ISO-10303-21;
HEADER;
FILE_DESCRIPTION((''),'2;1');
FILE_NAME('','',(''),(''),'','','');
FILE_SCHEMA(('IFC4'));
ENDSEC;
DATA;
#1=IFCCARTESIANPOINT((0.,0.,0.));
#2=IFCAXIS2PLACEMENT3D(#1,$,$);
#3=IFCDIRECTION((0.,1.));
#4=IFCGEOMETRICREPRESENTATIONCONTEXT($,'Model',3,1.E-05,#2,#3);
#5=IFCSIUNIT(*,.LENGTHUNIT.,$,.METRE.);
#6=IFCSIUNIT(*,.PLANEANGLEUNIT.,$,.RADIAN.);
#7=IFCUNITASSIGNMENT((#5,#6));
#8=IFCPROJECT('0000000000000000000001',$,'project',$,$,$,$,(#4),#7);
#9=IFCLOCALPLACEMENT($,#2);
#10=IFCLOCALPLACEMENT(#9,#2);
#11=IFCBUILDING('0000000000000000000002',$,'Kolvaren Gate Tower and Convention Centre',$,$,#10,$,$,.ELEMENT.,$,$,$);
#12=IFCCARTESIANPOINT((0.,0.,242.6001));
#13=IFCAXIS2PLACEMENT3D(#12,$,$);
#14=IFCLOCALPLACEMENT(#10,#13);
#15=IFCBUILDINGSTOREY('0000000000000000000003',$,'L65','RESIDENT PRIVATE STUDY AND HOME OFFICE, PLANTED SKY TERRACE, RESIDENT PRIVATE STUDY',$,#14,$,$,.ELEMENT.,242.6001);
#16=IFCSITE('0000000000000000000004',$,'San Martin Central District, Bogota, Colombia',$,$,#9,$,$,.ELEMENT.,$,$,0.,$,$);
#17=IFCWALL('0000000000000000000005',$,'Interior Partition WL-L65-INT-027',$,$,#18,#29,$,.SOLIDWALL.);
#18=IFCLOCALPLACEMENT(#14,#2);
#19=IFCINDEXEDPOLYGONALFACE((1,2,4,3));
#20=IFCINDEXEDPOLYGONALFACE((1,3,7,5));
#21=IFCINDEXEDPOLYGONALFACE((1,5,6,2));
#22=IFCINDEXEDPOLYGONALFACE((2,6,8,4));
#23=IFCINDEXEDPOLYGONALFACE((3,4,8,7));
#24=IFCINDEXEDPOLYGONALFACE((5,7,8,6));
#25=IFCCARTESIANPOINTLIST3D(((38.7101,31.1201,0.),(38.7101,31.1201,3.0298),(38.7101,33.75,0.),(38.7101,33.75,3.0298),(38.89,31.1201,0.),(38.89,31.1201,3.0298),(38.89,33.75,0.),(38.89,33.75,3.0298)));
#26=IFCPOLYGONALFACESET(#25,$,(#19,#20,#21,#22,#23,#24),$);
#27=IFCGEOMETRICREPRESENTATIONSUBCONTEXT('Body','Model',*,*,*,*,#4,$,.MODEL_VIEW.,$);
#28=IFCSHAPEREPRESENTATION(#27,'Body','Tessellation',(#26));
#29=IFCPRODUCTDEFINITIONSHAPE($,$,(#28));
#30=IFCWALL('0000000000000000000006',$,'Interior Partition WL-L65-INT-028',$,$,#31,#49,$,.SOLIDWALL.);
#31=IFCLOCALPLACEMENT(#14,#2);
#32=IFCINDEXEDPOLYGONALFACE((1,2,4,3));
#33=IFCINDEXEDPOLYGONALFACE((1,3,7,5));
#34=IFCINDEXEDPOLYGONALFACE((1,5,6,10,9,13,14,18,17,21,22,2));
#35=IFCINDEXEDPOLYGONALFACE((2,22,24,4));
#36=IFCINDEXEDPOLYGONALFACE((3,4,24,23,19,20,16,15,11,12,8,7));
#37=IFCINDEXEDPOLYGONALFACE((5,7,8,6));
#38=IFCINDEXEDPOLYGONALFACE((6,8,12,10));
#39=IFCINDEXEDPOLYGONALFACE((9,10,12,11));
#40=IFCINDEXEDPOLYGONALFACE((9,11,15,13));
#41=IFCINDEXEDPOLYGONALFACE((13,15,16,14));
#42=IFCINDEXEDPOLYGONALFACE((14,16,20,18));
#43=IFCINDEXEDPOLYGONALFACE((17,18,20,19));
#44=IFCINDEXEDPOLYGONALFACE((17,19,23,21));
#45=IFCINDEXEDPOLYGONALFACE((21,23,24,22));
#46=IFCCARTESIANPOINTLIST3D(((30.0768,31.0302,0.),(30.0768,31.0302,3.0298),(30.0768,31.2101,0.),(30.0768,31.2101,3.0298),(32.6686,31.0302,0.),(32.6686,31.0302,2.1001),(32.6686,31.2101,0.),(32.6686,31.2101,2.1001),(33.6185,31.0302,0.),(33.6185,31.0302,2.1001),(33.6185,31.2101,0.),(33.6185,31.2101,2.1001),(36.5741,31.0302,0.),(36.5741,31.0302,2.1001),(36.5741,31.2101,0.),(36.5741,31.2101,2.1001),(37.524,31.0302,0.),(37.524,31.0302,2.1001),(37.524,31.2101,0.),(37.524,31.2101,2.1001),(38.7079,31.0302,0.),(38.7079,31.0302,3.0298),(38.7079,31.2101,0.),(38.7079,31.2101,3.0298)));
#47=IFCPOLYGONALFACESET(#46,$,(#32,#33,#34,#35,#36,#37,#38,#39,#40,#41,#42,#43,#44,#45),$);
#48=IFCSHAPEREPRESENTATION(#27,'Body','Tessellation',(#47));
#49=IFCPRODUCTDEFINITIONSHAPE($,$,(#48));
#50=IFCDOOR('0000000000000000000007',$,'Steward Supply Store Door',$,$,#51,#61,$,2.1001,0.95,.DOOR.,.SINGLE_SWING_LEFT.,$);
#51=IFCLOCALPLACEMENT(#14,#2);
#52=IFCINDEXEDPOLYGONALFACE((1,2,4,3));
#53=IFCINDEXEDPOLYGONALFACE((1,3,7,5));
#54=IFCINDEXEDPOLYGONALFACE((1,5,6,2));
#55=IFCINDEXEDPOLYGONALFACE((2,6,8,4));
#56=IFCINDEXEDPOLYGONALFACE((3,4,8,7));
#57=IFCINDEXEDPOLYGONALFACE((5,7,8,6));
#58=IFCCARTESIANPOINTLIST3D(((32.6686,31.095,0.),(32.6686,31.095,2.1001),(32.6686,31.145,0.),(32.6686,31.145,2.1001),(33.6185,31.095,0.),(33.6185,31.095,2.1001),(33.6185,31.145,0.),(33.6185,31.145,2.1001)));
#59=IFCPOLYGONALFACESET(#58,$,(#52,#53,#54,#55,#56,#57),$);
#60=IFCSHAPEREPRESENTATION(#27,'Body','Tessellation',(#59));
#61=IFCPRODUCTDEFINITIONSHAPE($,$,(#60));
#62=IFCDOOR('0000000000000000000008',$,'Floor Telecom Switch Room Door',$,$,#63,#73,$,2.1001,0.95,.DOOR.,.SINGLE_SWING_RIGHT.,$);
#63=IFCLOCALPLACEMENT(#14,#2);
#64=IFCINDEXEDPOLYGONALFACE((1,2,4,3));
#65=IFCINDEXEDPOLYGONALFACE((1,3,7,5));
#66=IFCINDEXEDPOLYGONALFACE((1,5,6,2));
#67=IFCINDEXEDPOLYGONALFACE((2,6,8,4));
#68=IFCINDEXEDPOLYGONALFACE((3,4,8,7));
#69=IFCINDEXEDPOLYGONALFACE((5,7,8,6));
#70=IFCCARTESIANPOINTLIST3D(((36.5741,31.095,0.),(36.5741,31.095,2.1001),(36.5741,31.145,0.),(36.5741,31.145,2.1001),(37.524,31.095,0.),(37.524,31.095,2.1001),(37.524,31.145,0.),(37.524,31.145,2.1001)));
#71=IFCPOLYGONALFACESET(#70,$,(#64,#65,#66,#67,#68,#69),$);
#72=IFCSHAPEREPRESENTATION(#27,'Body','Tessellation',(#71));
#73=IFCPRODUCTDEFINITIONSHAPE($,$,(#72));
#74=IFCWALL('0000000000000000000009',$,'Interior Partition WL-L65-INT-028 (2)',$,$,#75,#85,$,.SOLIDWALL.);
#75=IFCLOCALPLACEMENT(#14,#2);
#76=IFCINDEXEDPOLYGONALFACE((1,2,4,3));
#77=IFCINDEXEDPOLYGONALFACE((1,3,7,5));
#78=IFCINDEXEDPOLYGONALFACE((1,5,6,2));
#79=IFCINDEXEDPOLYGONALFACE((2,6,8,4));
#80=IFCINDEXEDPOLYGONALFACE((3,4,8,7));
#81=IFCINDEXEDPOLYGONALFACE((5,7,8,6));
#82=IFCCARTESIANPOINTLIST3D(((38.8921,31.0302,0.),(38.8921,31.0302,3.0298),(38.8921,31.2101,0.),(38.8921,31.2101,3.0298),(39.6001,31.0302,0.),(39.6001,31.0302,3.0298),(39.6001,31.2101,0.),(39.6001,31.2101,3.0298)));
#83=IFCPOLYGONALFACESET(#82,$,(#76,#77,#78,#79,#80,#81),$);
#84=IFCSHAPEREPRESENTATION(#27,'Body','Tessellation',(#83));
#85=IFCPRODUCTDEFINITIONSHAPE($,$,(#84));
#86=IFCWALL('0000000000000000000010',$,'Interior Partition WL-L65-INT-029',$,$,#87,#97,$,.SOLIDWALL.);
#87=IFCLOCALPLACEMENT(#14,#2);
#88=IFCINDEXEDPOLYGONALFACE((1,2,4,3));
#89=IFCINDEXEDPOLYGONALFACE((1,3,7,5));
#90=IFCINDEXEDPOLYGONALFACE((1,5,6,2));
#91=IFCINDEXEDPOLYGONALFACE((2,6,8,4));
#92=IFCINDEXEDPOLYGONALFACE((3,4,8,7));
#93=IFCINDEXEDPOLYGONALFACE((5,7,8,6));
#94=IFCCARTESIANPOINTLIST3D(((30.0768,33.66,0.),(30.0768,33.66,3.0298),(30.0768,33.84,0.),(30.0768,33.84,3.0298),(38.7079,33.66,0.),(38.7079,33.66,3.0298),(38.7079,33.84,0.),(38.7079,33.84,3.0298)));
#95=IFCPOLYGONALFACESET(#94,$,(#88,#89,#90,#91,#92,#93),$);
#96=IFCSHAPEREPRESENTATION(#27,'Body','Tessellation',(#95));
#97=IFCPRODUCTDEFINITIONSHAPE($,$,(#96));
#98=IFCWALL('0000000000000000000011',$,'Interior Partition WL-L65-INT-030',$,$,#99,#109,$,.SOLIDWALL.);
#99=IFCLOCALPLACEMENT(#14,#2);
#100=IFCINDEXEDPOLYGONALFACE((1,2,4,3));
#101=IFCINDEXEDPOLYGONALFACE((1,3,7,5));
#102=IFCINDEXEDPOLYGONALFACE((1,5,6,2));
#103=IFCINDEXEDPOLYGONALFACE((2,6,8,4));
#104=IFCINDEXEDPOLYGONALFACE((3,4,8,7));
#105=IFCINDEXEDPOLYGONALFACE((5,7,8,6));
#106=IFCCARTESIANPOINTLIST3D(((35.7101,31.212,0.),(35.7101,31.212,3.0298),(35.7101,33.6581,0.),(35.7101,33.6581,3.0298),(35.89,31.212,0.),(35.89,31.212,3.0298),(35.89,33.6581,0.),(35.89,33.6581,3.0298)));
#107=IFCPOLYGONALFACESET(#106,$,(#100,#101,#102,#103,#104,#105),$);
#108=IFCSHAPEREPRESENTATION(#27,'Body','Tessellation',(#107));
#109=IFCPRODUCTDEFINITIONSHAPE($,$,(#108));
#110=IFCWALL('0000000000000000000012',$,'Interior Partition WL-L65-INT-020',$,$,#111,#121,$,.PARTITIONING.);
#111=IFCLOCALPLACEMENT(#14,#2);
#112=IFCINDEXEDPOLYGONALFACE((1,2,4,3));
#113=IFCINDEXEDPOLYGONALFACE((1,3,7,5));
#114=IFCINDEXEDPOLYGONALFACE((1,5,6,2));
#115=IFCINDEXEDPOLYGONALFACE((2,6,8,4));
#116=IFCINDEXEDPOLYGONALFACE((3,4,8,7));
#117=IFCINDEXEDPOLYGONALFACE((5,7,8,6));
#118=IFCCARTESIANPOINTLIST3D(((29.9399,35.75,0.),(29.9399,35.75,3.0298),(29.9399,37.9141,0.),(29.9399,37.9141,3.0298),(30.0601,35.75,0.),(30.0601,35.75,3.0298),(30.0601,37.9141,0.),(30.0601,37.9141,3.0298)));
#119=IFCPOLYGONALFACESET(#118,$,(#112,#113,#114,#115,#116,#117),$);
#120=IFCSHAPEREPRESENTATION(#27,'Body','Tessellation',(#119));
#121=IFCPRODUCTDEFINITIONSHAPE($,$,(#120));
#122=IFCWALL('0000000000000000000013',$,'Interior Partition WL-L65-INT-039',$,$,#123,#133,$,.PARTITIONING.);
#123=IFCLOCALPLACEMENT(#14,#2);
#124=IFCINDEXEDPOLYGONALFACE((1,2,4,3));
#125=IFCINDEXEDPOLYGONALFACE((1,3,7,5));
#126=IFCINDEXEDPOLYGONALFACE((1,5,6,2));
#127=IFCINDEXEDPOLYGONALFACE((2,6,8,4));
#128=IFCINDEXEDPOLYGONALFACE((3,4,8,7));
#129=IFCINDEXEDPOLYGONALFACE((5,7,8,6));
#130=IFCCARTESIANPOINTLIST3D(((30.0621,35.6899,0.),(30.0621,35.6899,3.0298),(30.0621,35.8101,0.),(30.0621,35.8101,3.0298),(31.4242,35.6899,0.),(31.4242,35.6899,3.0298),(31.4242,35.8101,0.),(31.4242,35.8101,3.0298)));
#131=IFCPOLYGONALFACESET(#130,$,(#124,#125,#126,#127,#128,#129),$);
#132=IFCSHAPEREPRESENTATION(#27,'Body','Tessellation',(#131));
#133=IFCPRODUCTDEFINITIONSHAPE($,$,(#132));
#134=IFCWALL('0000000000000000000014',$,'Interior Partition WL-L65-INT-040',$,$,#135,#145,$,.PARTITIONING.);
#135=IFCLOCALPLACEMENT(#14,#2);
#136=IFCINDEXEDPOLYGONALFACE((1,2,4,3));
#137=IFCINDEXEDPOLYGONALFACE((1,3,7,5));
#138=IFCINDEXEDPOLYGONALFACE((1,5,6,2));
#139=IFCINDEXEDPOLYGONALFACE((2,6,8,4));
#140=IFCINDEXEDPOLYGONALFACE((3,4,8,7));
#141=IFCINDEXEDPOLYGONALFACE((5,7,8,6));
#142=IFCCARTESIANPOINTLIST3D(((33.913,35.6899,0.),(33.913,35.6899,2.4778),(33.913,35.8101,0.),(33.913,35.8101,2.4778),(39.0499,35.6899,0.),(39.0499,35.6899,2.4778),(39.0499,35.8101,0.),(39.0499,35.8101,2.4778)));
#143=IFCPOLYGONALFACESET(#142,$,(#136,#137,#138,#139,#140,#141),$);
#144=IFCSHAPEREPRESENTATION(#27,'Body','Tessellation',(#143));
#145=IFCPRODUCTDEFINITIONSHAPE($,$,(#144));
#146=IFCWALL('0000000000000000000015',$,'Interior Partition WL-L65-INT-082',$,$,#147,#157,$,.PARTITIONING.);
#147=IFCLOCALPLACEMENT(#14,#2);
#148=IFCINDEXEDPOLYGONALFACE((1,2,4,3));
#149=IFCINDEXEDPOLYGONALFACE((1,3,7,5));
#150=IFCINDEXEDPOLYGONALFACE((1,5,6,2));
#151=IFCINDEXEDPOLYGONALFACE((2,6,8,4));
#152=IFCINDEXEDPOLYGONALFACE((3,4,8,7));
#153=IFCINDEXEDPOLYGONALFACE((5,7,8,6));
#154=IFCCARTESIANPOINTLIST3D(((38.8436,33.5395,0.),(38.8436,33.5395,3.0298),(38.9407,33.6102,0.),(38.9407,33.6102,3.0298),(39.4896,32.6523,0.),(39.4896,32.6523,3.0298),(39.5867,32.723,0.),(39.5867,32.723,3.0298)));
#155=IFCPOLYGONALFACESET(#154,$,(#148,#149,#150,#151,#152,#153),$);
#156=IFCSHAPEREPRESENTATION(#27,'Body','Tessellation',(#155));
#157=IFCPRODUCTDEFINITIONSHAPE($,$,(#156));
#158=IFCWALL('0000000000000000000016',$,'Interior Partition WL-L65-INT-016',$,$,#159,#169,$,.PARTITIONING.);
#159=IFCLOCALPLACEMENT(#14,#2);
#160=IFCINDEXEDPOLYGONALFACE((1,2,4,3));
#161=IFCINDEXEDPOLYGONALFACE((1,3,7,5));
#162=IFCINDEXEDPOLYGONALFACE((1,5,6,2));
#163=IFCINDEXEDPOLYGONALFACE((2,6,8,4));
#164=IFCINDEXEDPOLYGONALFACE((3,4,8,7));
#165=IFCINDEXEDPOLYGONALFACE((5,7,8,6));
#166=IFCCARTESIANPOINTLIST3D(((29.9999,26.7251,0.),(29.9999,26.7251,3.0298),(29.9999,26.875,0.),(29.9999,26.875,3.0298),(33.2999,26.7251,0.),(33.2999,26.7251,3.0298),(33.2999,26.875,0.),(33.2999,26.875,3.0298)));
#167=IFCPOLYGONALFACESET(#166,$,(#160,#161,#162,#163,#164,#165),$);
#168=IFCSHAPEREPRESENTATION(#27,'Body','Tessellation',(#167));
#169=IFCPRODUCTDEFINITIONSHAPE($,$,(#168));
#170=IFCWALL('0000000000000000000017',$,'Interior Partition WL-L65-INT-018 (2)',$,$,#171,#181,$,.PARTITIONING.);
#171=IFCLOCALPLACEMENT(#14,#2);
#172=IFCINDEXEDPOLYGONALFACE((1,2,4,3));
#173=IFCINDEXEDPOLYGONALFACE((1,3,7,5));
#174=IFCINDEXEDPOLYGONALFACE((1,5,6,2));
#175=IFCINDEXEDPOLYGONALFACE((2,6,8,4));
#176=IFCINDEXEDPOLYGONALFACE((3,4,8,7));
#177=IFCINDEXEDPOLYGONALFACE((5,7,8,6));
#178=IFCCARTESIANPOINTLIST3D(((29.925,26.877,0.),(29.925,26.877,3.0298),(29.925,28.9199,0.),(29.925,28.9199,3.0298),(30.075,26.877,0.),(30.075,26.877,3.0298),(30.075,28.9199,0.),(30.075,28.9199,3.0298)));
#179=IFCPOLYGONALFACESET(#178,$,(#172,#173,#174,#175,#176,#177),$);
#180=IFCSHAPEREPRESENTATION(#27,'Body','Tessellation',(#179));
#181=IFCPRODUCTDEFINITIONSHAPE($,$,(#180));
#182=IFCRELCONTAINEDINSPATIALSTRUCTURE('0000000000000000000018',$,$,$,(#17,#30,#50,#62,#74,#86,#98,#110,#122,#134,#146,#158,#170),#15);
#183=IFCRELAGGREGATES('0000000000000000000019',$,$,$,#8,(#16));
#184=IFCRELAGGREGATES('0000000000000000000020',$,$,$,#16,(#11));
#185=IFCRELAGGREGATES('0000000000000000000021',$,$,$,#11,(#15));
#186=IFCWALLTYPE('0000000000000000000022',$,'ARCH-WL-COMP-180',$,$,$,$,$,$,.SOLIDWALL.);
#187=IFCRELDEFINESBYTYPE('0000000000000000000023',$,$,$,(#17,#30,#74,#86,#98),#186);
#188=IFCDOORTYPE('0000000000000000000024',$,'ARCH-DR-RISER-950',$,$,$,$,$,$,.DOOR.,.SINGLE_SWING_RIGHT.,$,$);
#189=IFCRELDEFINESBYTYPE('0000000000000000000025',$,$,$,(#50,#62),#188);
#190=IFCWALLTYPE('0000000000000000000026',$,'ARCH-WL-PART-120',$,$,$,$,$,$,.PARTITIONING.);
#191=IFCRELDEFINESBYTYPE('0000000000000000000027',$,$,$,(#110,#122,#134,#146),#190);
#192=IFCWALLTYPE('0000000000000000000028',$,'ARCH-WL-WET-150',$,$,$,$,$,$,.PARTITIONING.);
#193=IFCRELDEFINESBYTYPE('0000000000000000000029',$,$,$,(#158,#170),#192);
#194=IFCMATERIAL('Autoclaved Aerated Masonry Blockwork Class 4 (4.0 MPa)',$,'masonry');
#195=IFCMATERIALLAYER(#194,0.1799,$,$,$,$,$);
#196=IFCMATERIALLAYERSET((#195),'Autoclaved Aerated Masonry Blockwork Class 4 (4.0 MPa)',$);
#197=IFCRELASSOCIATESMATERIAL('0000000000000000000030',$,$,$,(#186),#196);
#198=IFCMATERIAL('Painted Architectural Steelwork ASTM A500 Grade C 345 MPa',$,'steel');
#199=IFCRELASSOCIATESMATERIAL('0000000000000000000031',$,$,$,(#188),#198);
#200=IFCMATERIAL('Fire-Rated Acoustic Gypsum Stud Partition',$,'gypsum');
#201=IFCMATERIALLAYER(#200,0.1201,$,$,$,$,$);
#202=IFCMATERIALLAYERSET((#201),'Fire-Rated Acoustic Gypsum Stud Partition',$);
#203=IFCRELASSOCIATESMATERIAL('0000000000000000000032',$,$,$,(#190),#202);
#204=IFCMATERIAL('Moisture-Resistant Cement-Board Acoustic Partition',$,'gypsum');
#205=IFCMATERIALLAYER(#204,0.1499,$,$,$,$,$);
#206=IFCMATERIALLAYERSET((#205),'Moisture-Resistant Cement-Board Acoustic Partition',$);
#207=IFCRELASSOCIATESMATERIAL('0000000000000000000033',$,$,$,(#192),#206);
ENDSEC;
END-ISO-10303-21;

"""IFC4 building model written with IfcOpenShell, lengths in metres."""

from ifc_helpers import new_model, si_unit, direction, frame, frame_2d, origin, place, context, subcontext, project, spatial, rectangle, extrude, material, layer, layer_set, type_object, element, fill, save


model = new_model("IFC4")

# Units and contexts
model_context = context("Model", 3, precision=1e-05, world=origin(), true_north=direction((0.0, 1.0)))
body_context = subcontext(model_context, "Body", "Model", "MODEL_VIEW")
ifc_project = project(units=[si_unit("LENGTHUNIT", "METRE"), si_unit("PLANEANGLEUNIT", "RADIAN")], contexts=[model_context])

# Site, building, storey
site_placement = place(None, origin())
site = spatial("IfcSite", under=ifc_project, at=site_placement, Name="San Martin Central District, Bogota, Colombia", CompositionType="ELEMENT", RefElevation=0.0)
building_placement = place(site_placement, origin())
building = spatial("IfcBuilding", under=site, at=building_placement, Name="Kolvaren Gate Tower and Convention Centre", CompositionType="ELEMENT")
storey_placement = place(building_placement, frame((0.0, 0.0, 242.6001)))
storey = spatial("IfcBuildingStorey", under=building, at=storey_placement, Name="L65", Description="RESIDENT PRIVATE STUDY AND HOME OFFICE, PLANTED SKY TERRACE, RESIDENT PRIVATE STUDY", CompositionType="ELEMENT", Elevation=242.6001)

# Wall
ifc_material_1 = material(Name="Autoclaved Aerated Masonry Blockwork Class 4 (4.0 MPa)", Category="masonry")
ifc_layer_1 = layer(ifc_material_1, 0.1799)
ifc_layer_set_1 = layer_set([ifc_layer_1], Name="Autoclaved Aerated Masonry Blockwork Class 4 (4.0 MPa)")
wall_type_1 = type_object("IfcWallType", Name="ARCH-WL-COMP-180", PredefinedType="SOLIDWALL", material=ifc_layer_set_1)
wall_1_placement = place(storey_placement, frame((38.8, 31.1201, 0.0), z_axis=(0.0, 0.0, 1.0), x_axis=(0.0, 1.0, 0.0)))
element("IfcWall", 1, at=wall_1_placement, inside=storey, type_object=wall_type_1, Name="Interior Partition WL-L65-INT-027", PredefinedType="SOLIDWALL", context=body_context, shape_type="SweptSolid", body=[
    extrude(rectangle(XDim=2.6299, YDim=0.1799, at=frame_2d((1.3149, 0.0))), origin(), (0.0, 0.0, 1.0), 3.0298),
])

# Wall, openings, doors
wall_2_placement = place(storey_placement, frame((30.0769, 31.1201, 0.0), z_axis=(0.0, 0.0, 1.0), x_axis=(1.0, 0.0, 0.0)))
wall_2 = element("IfcWall", 2, at=wall_2_placement, inside=storey, type_object=wall_type_1, Name="Interior Partition WL-L65-INT-028", PredefinedType="SOLIDWALL", context=body_context, shape_type="SweptSolid", body=[
    extrude(rectangle(XDim=8.6311, YDim=0.1799, at=frame_2d((4.3154, 0.0))), origin(), (0.0, 0.0, 1.0), 3.0298),
])
opening_1_placement = place(wall_2_placement, frame((2.5916, 0.0, 0.0)))
opening_1 = element("IfcOpeningElement", 3, at=opening_1_placement, cuts=wall_2, PredefinedType="OPENING", context=body_context, shape_type="SweptSolid", body=[
    extrude(rectangle(XDim=0.95, YDim=2.1001, at=frame_2d((0.4751, 1.05))), frame((0.0, 0.0999, 0.0), z_axis=(0.0, -1.0, 0.0), x_axis=(1.0, 0.0, 0.0)), (0.0, 0.0, 1.0), 0.2),
])
opening_2_placement = place(wall_2_placement, frame((6.4971, 0.0, 0.0)))
opening_2 = element("IfcOpeningElement", 4, at=opening_2_placement, cuts=wall_2, PredefinedType="OPENING", context=body_context, shape_type="SweptSolid", body=[
    extrude(rectangle(XDim=0.95, YDim=2.1001, at=frame_2d((0.4751, 1.05))), frame((0.0, 0.0999, 0.0), z_axis=(0.0, -1.0, 0.0), x_axis=(1.0, 0.0, 0.0)), (0.0, 0.0, 1.0), 0.2),
])
ifc_material_2 = material(Name="Painted Architectural Steelwork ASTM A500 Grade C 345 MPa", Category="steel")
door_type = type_object("IfcDoorType", Name="ARCH-DR-RISER-950", OperationType="SINGLE_SWING_RIGHT", PredefinedType="DOOR", material=ifc_material_2)
door_1_placement = place(opening_1_placement, origin())
door_1 = element("IfcDoor", 5, at=door_1_placement, inside=storey, type_object=door_type, Name="Steward Supply Store Door", OperationType="SINGLE_SWING_LEFT", OverallHeight=2.1001, OverallWidth=0.95, PredefinedType="DOOR", context=body_context, shape_type="SweptSolid", body=[
    extrude(rectangle(XDim=0.95, YDim=2.1001, at=frame_2d((0.4751, 1.05))), frame((0.0, 0.0249, 0.0), z_axis=(0.0, -1.0, 0.0), x_axis=(1.0, 0.0, 0.0)), (0.0, 0.0, 1.0), 0.05),
])
fill(opening_1, door_1)
door_2_placement = place(opening_2_placement, origin())
door_2 = element("IfcDoor", 6, at=door_2_placement, inside=storey, type_object=door_type, Name="Floor Telecom Switch Room Door", OperationType="SINGLE_SWING_RIGHT", OverallHeight=2.1001, OverallWidth=0.95, PredefinedType="DOOR", context=body_context, shape_type="SweptSolid", body=[
    extrude(rectangle(XDim=0.95, YDim=2.1001, at=frame_2d((0.4751, 1.05))), frame((0.0, 0.0249, 0.0), z_axis=(0.0, -1.0, 0.0), x_axis=(1.0, 0.0, 0.0)), (0.0, 0.0, 1.0), 0.05),
])
fill(opening_2, door_2)

# Walls
wall_3_placement = place(storey_placement, frame((38.8921, 31.1201, 0.0), z_axis=(0.0, 0.0, 1.0), x_axis=(1.0, 0.0, 0.0)))
element("IfcWall", 7, at=wall_3_placement, inside=storey, type_object=wall_type_1, Name="Interior Partition WL-L65-INT-028 (2)", PredefinedType="SOLIDWALL", context=body_context, shape_type="SweptSolid", body=[
    extrude(rectangle(XDim=0.708, YDim=0.1799, at=frame_2d((0.354, 0.0))), origin(), (0.0, 0.0, 1.0), 3.0298),
])
wall_4_placement = place(storey_placement, frame((30.0769, 33.75, 0.0), z_axis=(0.0, 0.0, 1.0), x_axis=(1.0, 0.0, 0.0)))
element("IfcWall", 8, at=wall_4_placement, inside=storey, type_object=wall_type_1, Name="Interior Partition WL-L65-INT-029", PredefinedType="SOLIDWALL", context=body_context, shape_type="SweptSolid", body=[
    extrude(rectangle(XDim=8.6311, YDim=0.1799, at=frame_2d((4.3154, 0.0))), origin(), (0.0, 0.0, 1.0), 3.0298),
])
wall_5_placement = place(storey_placement, frame((35.8, 31.2119, 0.0), z_axis=(0.0, 0.0, 1.0), x_axis=(0.0, 1.0, 0.0)))
element("IfcWall", 9, at=wall_5_placement, inside=storey, type_object=wall_type_1, Name="Interior Partition WL-L65-INT-030", PredefinedType="SOLIDWALL", context=body_context, shape_type="SweptSolid", body=[
    extrude(rectangle(XDim=2.446, YDim=0.1799, at=frame_2d((1.2231, 0.0))), origin(), (0.0, 0.0, 1.0), 3.0298),
])
ifc_material_3 = material(Name="Fire-Rated Acoustic Gypsum Stud Partition", Category="gypsum")
ifc_layer_2 = layer(ifc_material_3, 0.1201)
ifc_layer_set_2 = layer_set([ifc_layer_2], Name="Fire-Rated Acoustic Gypsum Stud Partition")
wall_type_2 = type_object("IfcWallType", Name="ARCH-WL-PART-120", PredefinedType="PARTITIONING", material=ifc_layer_set_2)
wall_6_placement = place(storey_placement, frame((30.0, 35.75, 0.0), z_axis=(0.0, 0.0, 1.0), x_axis=(0.0, 1.0, 0.0)))
element("IfcWall", 10, at=wall_6_placement, inside=storey, type_object=wall_type_2, Name="Interior Partition WL-L65-INT-020", PredefinedType="PARTITIONING", context=body_context, shape_type="SweptSolid", body=[
    extrude(rectangle(XDim=2.1641, YDim=0.1201, at=frame_2d((1.082, 0.0))), origin(), (0.0, 0.0, 1.0), 3.0298),
])
wall_7_placement = place(storey_placement, frame((30.062, 35.75, 0.0), z_axis=(0.0, 0.0, 1.0), x_axis=(1.0, 0.0, 0.0)))
element("IfcWall", 11, at=wall_7_placement, inside=storey, type_object=wall_type_2, Name="Interior Partition WL-L65-INT-039", PredefinedType="PARTITIONING", context=body_context, shape_type="SweptSolid", body=[
    extrude(rectangle(XDim=1.3621, YDim=0.1201, at=frame_2d((0.6812, 0.0))), origin(), (0.0, 0.0, 1.0), 3.0298),
])
wall_8_placement = place(storey_placement, frame((33.9131, 35.75, 0.0), z_axis=(0.0, 0.0, 1.0), x_axis=(1.0, 0.0, 0.0)))
element("IfcWall", 12, at=wall_8_placement, inside=storey, type_object=wall_type_2, Name="Interior Partition WL-L65-INT-040", PredefinedType="PARTITIONING", context=body_context, shape_type="SweptSolid", body=[
    extrude(rectangle(XDim=5.137, YDim=0.1201, at=frame_2d((2.5684, 0.0))), origin(), (0.0, 0.0, 1.0), 2.4778),
])
wall_9_placement = place(storey_placement, frame((38.8921, 33.575, 0.0), z_axis=(0.0, 0.0, 1.0), x_axis=(0.588621, -0.808409, 0.0)))
element("IfcWall", 13, at=wall_9_placement, inside=storey, type_object=wall_type_2, Name="Interior Partition WL-L65-INT-082", PredefinedType="PARTITIONING", context=body_context, shape_type="SweptSolid", body=[
    extrude(rectangle(XDim=1.0974, YDim=0.1201, at=frame_2d((0.5488, 0.0))), origin(), (0.0, 0.0, 1.0), 3.0298),
])
ifc_material_4 = material(Name="Moisture-Resistant Cement-Board Acoustic Partition", Category="gypsum")
ifc_layer_3 = layer(ifc_material_4, 0.1499)
ifc_layer_set_3 = layer_set([ifc_layer_3], Name="Moisture-Resistant Cement-Board Acoustic Partition")
wall_type_3 = type_object("IfcWallType", Name="ARCH-WL-WET-150", PredefinedType="PARTITIONING", material=ifc_layer_set_3)
wall_10_placement = place(storey_placement, frame((30.0, 26.8, 0.0), z_axis=(0.0, 0.0, 1.0), x_axis=(1.0, 0.0, 0.0)))
element("IfcWall", 14, at=wall_10_placement, inside=storey, type_object=wall_type_3, Name="Interior Partition WL-L65-INT-016", PredefinedType="PARTITIONING", context=body_context, shape_type="SweptSolid", body=[
    extrude(rectangle(XDim=3.3, YDim=0.1499, at=frame_2d((1.6499, 0.0))), origin(), (0.0, 0.0, 1.0), 3.0298),
])
wall_11_placement = place(storey_placement, frame((30.0, 26.877, 0.0), z_axis=(0.0, 0.0, 1.0), x_axis=(0.0, 1.0, 0.0)))
element("IfcWall", 15, at=wall_11_placement, inside=storey, type_object=wall_type_3, Name="Interior Partition WL-L65-INT-018 (2)", PredefinedType="PARTITIONING", context=body_context, shape_type="SweptSolid", body=[
    extrude(rectangle(XDim=2.043, YDim=0.1499, at=frame_2d((1.0215, 0.0))), origin(), (0.0, 0.0, 1.0), 3.0298),
])

save(model, "model.ifc")
